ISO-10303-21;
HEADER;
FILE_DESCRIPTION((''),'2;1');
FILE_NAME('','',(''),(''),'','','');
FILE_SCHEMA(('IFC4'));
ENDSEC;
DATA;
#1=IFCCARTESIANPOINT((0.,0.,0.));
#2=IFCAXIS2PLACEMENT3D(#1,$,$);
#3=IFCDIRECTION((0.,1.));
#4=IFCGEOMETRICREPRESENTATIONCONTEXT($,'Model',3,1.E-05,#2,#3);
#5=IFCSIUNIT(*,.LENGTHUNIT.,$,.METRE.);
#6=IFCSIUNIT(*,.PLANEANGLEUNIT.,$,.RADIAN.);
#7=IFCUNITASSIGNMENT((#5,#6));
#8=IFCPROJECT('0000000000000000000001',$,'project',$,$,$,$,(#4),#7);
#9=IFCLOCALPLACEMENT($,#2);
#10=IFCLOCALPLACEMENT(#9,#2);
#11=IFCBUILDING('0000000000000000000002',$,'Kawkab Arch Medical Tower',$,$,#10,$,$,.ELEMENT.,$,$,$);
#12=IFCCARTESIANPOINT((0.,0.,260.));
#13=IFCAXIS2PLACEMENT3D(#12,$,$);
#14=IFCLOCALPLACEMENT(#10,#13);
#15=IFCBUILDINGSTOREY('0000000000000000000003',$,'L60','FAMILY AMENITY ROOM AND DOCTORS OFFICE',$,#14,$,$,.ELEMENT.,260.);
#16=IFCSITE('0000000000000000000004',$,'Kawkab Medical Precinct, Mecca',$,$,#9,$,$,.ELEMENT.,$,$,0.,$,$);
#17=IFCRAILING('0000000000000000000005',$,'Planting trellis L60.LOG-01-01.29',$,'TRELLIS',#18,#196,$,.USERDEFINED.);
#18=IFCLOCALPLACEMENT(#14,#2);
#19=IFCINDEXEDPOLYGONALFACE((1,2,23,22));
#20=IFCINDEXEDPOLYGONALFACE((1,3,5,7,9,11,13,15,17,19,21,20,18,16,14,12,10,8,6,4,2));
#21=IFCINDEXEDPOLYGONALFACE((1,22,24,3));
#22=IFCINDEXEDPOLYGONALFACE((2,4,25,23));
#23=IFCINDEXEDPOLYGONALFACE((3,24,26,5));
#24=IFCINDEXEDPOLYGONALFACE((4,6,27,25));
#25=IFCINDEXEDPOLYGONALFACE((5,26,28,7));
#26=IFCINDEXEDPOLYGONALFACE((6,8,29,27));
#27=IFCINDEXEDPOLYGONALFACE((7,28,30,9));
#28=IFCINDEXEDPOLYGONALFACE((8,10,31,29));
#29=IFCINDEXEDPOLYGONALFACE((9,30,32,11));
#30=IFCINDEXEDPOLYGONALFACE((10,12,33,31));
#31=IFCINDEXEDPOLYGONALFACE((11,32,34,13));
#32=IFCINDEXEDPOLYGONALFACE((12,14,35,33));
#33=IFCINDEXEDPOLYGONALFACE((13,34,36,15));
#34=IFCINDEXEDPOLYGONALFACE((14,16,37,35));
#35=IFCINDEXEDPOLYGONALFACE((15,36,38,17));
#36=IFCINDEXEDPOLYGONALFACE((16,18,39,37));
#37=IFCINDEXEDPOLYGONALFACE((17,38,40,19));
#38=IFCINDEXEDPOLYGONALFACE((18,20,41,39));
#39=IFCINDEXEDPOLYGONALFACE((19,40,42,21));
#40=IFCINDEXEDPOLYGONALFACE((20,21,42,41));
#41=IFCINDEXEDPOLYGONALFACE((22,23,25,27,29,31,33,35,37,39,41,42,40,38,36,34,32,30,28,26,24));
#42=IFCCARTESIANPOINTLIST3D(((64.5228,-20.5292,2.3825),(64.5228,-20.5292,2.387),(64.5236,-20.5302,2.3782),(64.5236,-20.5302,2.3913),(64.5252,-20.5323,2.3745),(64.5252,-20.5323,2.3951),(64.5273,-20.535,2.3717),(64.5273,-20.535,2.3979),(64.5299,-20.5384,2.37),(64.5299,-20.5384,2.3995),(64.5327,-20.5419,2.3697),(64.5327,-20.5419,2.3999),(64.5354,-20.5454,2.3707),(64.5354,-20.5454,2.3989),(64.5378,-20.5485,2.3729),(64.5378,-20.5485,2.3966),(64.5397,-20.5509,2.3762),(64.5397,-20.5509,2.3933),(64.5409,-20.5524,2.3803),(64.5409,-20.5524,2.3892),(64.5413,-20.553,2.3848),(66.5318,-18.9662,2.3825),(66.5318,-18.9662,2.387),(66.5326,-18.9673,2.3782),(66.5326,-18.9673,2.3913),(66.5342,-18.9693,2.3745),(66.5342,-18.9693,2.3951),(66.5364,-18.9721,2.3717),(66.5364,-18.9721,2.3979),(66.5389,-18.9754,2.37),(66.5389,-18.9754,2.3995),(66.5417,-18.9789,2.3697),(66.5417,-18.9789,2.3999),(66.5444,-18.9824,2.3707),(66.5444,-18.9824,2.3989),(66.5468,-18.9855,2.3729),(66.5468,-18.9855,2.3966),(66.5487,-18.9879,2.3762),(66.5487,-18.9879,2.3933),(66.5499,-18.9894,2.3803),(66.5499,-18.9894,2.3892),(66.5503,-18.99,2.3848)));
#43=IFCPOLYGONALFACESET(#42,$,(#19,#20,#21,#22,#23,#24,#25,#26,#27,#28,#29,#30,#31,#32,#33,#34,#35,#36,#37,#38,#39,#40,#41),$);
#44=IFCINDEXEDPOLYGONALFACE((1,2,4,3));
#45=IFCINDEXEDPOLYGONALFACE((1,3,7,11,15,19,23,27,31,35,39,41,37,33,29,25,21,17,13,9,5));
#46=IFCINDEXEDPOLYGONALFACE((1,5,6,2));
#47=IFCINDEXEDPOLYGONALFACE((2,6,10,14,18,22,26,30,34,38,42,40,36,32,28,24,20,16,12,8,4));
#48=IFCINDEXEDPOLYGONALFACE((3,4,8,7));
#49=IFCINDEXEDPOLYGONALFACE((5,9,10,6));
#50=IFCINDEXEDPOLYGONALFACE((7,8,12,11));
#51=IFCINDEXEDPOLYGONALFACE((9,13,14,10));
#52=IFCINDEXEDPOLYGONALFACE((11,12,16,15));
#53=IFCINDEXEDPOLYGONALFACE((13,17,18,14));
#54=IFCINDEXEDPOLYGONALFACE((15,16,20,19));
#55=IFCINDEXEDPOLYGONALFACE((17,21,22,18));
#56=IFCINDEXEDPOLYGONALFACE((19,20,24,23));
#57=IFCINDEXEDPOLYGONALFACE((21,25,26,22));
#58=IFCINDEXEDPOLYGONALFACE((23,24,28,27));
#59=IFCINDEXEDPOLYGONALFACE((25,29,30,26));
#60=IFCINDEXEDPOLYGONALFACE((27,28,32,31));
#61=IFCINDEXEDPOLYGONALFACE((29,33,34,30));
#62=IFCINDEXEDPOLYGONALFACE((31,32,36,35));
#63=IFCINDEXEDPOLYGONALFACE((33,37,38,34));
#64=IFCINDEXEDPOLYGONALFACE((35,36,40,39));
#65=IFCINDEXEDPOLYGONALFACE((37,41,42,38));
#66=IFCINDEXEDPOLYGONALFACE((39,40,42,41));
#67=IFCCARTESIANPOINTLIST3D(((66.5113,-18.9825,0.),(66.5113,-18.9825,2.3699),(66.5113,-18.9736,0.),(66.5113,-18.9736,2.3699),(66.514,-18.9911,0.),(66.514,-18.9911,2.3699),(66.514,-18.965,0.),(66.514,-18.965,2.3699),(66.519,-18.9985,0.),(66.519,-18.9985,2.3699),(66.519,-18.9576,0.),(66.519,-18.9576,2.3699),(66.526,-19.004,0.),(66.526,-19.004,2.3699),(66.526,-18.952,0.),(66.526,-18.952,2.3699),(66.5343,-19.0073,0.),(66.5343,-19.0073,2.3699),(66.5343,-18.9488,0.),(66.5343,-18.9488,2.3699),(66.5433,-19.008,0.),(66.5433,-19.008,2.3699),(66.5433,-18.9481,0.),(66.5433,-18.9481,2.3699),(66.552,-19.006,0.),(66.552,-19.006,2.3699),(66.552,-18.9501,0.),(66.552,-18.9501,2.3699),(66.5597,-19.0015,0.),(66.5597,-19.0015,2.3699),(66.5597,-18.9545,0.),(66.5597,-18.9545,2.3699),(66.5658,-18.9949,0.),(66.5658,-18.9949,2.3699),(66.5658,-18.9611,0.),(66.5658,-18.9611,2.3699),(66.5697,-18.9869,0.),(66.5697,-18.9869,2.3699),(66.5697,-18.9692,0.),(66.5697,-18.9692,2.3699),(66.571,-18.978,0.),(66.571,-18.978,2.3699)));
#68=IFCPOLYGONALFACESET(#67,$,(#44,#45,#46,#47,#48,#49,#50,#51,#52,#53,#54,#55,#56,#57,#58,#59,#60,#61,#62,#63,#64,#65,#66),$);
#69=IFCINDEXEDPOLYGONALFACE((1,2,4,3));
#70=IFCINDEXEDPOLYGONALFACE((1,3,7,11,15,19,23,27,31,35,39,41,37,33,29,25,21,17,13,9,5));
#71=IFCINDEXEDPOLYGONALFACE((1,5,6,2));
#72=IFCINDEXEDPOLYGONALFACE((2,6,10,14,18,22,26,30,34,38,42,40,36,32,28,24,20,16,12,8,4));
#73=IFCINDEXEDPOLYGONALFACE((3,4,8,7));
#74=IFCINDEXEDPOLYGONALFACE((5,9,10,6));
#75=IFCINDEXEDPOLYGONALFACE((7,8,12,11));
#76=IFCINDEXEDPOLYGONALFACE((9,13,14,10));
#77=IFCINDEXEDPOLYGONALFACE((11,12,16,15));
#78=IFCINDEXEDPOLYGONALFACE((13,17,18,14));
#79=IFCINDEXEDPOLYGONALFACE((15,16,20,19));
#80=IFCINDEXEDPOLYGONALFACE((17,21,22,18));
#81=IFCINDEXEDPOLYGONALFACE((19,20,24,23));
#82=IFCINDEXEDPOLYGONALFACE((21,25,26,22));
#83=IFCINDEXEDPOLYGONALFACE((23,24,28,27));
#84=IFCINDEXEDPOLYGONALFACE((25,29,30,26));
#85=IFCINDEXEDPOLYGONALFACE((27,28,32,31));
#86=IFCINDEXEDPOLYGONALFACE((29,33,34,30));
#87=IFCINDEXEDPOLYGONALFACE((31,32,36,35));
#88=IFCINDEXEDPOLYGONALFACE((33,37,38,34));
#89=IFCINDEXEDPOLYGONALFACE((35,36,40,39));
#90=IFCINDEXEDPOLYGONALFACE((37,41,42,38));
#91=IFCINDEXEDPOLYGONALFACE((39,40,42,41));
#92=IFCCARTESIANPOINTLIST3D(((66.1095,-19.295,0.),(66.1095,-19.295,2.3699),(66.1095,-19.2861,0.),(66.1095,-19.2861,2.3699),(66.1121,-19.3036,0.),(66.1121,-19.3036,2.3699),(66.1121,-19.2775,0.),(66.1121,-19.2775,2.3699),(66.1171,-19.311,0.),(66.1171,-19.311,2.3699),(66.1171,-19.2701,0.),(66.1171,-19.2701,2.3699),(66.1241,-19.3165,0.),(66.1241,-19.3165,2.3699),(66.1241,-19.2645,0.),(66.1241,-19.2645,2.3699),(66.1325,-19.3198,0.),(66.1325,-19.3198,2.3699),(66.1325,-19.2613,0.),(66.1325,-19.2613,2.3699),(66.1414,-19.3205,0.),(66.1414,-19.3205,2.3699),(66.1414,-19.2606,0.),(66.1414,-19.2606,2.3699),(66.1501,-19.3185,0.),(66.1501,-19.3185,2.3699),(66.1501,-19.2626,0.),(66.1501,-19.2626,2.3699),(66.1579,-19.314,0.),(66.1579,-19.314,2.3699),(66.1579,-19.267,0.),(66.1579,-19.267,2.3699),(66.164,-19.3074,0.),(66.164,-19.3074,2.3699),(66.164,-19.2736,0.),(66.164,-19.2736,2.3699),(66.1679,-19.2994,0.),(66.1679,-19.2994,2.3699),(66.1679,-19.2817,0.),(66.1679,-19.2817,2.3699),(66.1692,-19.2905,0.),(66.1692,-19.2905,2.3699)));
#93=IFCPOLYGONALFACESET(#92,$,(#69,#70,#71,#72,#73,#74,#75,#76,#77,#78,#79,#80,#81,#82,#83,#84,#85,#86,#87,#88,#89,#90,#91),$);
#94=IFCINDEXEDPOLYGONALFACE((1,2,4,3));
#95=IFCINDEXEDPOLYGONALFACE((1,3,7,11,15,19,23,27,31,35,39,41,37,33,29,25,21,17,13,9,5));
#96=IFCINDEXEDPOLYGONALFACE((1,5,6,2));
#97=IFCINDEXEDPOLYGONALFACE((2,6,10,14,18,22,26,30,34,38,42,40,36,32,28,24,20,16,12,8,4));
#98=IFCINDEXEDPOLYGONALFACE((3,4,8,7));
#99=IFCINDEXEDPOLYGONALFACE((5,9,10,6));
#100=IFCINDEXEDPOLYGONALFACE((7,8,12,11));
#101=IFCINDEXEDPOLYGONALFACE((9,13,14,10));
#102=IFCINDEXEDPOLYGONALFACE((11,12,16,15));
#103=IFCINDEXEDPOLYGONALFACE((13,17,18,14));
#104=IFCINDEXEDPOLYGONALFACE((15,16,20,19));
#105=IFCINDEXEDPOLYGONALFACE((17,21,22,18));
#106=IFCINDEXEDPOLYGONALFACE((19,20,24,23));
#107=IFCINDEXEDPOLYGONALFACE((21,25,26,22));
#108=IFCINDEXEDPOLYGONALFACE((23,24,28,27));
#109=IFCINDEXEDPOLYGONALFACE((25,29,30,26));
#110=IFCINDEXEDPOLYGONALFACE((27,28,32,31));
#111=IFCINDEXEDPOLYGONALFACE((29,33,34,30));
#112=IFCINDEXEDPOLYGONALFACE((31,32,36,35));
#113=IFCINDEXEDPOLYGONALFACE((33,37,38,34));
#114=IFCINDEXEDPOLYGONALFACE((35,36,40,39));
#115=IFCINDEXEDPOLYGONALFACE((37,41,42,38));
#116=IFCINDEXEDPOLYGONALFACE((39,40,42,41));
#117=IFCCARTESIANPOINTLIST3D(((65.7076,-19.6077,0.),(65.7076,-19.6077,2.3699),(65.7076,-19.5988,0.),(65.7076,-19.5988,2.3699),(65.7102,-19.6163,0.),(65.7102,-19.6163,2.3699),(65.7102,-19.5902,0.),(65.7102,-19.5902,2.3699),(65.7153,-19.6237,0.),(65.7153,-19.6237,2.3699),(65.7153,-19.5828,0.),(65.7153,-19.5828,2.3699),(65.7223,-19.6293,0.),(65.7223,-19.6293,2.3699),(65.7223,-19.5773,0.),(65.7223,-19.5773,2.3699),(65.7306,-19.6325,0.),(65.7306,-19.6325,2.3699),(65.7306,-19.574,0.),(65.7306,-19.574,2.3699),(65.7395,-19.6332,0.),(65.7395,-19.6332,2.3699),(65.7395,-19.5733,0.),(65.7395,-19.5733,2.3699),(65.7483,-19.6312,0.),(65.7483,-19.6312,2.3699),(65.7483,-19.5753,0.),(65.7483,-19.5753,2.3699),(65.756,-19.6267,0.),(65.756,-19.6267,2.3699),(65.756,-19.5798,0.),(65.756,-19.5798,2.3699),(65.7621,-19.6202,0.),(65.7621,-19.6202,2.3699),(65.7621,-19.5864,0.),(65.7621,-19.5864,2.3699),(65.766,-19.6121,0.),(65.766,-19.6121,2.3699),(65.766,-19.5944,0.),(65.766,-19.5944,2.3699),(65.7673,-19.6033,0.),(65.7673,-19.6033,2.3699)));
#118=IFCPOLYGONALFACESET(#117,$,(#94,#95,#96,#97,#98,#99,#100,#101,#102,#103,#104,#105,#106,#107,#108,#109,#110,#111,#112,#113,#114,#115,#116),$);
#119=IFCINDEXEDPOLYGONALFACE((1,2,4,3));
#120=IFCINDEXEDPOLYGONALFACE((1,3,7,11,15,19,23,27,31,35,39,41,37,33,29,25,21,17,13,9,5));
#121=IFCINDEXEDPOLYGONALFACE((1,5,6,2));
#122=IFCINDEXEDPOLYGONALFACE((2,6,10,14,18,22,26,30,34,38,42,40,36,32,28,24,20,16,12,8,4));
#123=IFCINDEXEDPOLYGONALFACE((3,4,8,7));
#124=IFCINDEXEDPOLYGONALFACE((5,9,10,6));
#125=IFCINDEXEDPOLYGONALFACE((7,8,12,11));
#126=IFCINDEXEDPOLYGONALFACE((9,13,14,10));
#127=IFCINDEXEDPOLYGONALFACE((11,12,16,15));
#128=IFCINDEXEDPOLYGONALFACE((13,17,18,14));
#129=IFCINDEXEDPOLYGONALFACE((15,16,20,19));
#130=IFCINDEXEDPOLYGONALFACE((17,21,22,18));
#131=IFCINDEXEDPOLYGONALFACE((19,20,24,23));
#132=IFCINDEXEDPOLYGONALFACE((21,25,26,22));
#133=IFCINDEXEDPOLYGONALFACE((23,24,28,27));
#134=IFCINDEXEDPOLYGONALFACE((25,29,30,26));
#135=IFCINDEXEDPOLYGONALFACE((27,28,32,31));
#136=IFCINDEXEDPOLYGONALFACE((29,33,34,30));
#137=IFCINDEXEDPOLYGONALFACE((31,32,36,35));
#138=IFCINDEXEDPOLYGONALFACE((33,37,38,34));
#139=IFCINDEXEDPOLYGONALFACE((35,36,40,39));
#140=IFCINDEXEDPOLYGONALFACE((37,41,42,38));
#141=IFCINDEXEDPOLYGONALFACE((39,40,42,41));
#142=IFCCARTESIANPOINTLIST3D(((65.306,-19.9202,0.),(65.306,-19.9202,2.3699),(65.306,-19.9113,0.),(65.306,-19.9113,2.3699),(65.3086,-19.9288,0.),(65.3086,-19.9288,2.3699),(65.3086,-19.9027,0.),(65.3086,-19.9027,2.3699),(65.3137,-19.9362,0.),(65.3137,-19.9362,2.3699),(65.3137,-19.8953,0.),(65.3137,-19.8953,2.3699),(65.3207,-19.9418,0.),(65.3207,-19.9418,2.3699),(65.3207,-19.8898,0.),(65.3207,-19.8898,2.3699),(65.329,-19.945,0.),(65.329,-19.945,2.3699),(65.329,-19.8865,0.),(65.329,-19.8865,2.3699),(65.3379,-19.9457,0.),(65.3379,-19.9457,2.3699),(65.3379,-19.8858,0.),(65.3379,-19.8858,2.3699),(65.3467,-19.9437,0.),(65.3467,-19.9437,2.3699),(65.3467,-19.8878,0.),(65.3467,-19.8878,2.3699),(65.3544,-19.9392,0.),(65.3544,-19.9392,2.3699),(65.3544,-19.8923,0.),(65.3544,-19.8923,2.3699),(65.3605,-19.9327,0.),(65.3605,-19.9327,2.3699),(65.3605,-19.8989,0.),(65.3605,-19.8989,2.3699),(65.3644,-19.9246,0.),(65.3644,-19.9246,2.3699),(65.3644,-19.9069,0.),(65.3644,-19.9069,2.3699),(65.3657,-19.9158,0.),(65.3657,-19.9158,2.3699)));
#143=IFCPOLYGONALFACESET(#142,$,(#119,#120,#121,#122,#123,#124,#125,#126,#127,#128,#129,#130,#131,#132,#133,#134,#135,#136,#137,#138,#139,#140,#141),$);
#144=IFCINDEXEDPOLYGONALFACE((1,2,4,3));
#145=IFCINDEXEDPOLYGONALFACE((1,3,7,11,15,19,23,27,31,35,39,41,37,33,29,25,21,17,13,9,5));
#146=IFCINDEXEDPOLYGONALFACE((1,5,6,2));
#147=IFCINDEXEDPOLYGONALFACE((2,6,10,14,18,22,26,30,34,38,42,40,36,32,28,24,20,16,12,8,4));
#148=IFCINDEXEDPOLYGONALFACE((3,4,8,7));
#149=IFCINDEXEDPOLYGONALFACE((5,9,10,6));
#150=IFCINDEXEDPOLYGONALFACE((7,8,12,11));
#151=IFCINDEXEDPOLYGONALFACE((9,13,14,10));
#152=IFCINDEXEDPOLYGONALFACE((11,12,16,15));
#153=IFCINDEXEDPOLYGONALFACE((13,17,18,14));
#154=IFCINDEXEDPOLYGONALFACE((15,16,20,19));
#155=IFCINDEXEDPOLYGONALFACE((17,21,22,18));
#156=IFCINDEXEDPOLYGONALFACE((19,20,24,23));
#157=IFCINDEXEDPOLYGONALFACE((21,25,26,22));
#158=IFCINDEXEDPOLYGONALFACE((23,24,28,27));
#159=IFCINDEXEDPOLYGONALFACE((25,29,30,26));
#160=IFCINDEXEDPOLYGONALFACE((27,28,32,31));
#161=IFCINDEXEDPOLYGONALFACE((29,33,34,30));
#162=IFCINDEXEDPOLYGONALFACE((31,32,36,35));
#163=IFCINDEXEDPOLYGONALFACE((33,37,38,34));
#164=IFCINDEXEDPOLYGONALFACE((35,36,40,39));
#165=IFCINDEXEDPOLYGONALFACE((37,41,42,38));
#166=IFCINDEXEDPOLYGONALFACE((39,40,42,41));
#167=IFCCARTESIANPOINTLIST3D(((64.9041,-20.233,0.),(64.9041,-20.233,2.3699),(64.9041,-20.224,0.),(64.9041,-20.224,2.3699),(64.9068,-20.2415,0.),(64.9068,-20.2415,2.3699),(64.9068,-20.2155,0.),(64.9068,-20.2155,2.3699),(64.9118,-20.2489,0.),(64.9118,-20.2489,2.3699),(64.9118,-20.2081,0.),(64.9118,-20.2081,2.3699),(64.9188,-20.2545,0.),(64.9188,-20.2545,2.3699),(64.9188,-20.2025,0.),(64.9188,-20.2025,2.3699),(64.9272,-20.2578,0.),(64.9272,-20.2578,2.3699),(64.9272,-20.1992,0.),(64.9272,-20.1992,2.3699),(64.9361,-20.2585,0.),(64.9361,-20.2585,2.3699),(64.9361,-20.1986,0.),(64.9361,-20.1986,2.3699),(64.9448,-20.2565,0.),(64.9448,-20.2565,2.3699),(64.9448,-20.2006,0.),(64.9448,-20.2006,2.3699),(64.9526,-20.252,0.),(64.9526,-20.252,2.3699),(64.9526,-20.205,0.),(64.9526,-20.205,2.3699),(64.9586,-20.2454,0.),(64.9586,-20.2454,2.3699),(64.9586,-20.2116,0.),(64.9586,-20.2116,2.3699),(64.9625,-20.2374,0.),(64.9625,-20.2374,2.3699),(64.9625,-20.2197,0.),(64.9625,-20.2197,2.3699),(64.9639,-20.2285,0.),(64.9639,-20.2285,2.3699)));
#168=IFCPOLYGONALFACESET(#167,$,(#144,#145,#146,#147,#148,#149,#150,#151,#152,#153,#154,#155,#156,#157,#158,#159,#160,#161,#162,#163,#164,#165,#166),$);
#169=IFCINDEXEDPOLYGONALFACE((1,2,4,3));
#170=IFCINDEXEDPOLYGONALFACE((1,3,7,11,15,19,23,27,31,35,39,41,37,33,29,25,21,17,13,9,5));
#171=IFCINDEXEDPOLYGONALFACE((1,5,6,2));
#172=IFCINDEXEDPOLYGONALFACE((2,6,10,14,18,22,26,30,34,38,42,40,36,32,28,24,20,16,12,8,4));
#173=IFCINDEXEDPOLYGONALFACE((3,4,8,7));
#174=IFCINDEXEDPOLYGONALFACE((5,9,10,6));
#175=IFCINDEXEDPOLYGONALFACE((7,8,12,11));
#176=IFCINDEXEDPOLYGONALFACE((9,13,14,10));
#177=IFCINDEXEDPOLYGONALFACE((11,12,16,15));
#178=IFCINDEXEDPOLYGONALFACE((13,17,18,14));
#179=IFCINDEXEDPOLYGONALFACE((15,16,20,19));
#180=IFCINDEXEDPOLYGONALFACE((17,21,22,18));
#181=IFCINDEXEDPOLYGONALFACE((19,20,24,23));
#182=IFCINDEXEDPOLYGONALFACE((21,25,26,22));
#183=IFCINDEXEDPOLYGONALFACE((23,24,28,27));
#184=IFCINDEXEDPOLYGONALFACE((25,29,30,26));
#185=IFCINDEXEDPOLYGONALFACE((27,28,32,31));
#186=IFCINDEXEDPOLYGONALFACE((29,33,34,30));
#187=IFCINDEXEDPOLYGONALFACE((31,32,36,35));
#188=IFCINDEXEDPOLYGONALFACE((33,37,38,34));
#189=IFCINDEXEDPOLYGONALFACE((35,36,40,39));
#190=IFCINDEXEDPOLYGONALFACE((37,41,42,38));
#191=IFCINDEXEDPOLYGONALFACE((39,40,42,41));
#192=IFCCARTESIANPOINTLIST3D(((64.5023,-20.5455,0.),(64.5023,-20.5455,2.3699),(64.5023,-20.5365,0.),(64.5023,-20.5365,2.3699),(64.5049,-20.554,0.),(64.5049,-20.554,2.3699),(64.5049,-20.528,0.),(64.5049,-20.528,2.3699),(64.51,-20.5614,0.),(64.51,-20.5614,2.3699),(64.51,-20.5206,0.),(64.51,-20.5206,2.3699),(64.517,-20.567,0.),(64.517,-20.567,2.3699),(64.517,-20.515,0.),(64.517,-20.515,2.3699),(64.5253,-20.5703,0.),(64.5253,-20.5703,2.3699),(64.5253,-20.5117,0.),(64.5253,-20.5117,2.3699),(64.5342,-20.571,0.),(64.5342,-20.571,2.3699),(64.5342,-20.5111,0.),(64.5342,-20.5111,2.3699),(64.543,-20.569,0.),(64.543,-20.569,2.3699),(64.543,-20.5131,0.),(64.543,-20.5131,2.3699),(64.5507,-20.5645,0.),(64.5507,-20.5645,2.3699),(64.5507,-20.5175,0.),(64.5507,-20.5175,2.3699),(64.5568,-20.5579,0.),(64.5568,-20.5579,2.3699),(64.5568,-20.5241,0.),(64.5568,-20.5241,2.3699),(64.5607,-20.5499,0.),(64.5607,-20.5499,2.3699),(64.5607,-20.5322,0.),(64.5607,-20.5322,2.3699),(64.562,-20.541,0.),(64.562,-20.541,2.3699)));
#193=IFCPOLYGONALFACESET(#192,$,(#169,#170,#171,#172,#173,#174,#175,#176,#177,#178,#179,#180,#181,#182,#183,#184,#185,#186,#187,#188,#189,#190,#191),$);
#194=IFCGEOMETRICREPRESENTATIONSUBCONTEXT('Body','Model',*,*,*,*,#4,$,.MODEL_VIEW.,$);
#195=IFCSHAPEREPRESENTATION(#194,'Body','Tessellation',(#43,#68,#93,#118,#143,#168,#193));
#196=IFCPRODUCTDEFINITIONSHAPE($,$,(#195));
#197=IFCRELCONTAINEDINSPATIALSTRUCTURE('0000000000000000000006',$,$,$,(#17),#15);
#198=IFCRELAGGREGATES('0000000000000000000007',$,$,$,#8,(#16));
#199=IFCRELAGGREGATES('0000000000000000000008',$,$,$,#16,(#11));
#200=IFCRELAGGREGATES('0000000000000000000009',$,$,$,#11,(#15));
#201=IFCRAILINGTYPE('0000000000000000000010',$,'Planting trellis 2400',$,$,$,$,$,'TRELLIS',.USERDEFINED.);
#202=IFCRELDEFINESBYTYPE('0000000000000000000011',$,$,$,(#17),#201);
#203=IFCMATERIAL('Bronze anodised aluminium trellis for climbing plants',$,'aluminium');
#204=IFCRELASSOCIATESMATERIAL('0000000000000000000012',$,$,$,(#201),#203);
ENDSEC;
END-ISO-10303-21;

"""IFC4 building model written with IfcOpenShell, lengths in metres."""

from ifc_helpers import new_model, si_unit, direction, frame, origin, origin_2d, place, context, subcontext, project, spatial, circle, extrude, material, type_object, element, save


model = new_model("IFC4")

# Units and contexts
model_context = context("Model", 3, precision=1e-05, world=origin(), true_north=direction((0.0, 1.0)))
body_context = subcontext(model_context, "Body", "Model", "MODEL_VIEW")
ifc_project = project(units=[si_unit("LENGTHUNIT", "METRE"), si_unit("PLANEANGLEUNIT", "RADIAN")], contexts=[model_context])

# Site, building, storey
site_placement = place(None, origin())
site = spatial("IfcSite", under=ifc_project, at=site_placement, Name="Kawkab Medical Precinct, Mecca", CompositionType="ELEMENT", RefElevation=0.0)
building_placement = place(site_placement, origin())
building = spatial("IfcBuilding", under=site, at=building_placement, Name="Kawkab Arch Medical Tower", CompositionType="ELEMENT")
storey_placement = place(building_placement, frame((0.0, 0.0, 260.0)))
storey = spatial("IfcBuildingStorey", under=building, at=storey_placement, Name="L60", Description="FAMILY AMENITY ROOM AND DOCTORS OFFICE", CompositionType="ELEMENT", Elevation=260.0)

# Railing
ifc_material_1 = material(Name="Bronze anodised aluminium trellis for climbing plants", Category="aluminium")
railing_type = type_object("IfcRailingType", Name="Planting trellis 2400", ElementType="TRELLIS", PredefinedType="USERDEFINED", material=ifc_material_1)
railing_1_placement = place(storey_placement, frame((66.541, -18.978, 0.0)))
element("IfcRailing", 1, at=railing_1_placement, inside=storey, type_object=railing_type, Name="Planting trellis L60.LOG-01-01.29", ObjectType="TRELLIS", PredefinedType="USERDEFINED", context=body_context, shape_type="SweptSolid", body=[
    extrude(circle(Radius=0.0151, at=origin_2d()), frame((0.0, 0.0, 2.3848), z_axis=(-0.789275, -0.61404, 0.0), x_axis=(0.61404, -0.789275, 0.0)), (0.0, 0.0, 1.0), 2.5454),
    extrude(circle(Radius=0.03, at=origin_2d()), origin(), (0.0, 0.0, 1.0), 2.3699),
    extrude(circle(Radius=0.03, at=origin_2d()), frame((-0.4019, -0.3125, 0.0)), (0.0, 0.0, 1.0), 2.3699),
    extrude(circle(Radius=0.03, at=origin_2d()), frame((-0.8037, -0.6252, 0.0)), (0.0, 0.0, 1.0), 2.3699),
    extrude(circle(Radius=0.03, at=origin_2d()), frame((-1.2053, -0.9377, 0.0)), (0.0, 0.0, 1.0), 2.3699),
    extrude(circle(Radius=0.03, at=origin_2d()), frame((-1.6072, -1.2505, 0.0)), (0.0, 0.0, 1.0), 2.3699),
    extrude(circle(Radius=0.03, at=origin_2d()), frame((-2.009, -1.563, 0.0)), (0.0, 0.0, 1.0), 2.3699),
])

save(model, "model.ifc")
